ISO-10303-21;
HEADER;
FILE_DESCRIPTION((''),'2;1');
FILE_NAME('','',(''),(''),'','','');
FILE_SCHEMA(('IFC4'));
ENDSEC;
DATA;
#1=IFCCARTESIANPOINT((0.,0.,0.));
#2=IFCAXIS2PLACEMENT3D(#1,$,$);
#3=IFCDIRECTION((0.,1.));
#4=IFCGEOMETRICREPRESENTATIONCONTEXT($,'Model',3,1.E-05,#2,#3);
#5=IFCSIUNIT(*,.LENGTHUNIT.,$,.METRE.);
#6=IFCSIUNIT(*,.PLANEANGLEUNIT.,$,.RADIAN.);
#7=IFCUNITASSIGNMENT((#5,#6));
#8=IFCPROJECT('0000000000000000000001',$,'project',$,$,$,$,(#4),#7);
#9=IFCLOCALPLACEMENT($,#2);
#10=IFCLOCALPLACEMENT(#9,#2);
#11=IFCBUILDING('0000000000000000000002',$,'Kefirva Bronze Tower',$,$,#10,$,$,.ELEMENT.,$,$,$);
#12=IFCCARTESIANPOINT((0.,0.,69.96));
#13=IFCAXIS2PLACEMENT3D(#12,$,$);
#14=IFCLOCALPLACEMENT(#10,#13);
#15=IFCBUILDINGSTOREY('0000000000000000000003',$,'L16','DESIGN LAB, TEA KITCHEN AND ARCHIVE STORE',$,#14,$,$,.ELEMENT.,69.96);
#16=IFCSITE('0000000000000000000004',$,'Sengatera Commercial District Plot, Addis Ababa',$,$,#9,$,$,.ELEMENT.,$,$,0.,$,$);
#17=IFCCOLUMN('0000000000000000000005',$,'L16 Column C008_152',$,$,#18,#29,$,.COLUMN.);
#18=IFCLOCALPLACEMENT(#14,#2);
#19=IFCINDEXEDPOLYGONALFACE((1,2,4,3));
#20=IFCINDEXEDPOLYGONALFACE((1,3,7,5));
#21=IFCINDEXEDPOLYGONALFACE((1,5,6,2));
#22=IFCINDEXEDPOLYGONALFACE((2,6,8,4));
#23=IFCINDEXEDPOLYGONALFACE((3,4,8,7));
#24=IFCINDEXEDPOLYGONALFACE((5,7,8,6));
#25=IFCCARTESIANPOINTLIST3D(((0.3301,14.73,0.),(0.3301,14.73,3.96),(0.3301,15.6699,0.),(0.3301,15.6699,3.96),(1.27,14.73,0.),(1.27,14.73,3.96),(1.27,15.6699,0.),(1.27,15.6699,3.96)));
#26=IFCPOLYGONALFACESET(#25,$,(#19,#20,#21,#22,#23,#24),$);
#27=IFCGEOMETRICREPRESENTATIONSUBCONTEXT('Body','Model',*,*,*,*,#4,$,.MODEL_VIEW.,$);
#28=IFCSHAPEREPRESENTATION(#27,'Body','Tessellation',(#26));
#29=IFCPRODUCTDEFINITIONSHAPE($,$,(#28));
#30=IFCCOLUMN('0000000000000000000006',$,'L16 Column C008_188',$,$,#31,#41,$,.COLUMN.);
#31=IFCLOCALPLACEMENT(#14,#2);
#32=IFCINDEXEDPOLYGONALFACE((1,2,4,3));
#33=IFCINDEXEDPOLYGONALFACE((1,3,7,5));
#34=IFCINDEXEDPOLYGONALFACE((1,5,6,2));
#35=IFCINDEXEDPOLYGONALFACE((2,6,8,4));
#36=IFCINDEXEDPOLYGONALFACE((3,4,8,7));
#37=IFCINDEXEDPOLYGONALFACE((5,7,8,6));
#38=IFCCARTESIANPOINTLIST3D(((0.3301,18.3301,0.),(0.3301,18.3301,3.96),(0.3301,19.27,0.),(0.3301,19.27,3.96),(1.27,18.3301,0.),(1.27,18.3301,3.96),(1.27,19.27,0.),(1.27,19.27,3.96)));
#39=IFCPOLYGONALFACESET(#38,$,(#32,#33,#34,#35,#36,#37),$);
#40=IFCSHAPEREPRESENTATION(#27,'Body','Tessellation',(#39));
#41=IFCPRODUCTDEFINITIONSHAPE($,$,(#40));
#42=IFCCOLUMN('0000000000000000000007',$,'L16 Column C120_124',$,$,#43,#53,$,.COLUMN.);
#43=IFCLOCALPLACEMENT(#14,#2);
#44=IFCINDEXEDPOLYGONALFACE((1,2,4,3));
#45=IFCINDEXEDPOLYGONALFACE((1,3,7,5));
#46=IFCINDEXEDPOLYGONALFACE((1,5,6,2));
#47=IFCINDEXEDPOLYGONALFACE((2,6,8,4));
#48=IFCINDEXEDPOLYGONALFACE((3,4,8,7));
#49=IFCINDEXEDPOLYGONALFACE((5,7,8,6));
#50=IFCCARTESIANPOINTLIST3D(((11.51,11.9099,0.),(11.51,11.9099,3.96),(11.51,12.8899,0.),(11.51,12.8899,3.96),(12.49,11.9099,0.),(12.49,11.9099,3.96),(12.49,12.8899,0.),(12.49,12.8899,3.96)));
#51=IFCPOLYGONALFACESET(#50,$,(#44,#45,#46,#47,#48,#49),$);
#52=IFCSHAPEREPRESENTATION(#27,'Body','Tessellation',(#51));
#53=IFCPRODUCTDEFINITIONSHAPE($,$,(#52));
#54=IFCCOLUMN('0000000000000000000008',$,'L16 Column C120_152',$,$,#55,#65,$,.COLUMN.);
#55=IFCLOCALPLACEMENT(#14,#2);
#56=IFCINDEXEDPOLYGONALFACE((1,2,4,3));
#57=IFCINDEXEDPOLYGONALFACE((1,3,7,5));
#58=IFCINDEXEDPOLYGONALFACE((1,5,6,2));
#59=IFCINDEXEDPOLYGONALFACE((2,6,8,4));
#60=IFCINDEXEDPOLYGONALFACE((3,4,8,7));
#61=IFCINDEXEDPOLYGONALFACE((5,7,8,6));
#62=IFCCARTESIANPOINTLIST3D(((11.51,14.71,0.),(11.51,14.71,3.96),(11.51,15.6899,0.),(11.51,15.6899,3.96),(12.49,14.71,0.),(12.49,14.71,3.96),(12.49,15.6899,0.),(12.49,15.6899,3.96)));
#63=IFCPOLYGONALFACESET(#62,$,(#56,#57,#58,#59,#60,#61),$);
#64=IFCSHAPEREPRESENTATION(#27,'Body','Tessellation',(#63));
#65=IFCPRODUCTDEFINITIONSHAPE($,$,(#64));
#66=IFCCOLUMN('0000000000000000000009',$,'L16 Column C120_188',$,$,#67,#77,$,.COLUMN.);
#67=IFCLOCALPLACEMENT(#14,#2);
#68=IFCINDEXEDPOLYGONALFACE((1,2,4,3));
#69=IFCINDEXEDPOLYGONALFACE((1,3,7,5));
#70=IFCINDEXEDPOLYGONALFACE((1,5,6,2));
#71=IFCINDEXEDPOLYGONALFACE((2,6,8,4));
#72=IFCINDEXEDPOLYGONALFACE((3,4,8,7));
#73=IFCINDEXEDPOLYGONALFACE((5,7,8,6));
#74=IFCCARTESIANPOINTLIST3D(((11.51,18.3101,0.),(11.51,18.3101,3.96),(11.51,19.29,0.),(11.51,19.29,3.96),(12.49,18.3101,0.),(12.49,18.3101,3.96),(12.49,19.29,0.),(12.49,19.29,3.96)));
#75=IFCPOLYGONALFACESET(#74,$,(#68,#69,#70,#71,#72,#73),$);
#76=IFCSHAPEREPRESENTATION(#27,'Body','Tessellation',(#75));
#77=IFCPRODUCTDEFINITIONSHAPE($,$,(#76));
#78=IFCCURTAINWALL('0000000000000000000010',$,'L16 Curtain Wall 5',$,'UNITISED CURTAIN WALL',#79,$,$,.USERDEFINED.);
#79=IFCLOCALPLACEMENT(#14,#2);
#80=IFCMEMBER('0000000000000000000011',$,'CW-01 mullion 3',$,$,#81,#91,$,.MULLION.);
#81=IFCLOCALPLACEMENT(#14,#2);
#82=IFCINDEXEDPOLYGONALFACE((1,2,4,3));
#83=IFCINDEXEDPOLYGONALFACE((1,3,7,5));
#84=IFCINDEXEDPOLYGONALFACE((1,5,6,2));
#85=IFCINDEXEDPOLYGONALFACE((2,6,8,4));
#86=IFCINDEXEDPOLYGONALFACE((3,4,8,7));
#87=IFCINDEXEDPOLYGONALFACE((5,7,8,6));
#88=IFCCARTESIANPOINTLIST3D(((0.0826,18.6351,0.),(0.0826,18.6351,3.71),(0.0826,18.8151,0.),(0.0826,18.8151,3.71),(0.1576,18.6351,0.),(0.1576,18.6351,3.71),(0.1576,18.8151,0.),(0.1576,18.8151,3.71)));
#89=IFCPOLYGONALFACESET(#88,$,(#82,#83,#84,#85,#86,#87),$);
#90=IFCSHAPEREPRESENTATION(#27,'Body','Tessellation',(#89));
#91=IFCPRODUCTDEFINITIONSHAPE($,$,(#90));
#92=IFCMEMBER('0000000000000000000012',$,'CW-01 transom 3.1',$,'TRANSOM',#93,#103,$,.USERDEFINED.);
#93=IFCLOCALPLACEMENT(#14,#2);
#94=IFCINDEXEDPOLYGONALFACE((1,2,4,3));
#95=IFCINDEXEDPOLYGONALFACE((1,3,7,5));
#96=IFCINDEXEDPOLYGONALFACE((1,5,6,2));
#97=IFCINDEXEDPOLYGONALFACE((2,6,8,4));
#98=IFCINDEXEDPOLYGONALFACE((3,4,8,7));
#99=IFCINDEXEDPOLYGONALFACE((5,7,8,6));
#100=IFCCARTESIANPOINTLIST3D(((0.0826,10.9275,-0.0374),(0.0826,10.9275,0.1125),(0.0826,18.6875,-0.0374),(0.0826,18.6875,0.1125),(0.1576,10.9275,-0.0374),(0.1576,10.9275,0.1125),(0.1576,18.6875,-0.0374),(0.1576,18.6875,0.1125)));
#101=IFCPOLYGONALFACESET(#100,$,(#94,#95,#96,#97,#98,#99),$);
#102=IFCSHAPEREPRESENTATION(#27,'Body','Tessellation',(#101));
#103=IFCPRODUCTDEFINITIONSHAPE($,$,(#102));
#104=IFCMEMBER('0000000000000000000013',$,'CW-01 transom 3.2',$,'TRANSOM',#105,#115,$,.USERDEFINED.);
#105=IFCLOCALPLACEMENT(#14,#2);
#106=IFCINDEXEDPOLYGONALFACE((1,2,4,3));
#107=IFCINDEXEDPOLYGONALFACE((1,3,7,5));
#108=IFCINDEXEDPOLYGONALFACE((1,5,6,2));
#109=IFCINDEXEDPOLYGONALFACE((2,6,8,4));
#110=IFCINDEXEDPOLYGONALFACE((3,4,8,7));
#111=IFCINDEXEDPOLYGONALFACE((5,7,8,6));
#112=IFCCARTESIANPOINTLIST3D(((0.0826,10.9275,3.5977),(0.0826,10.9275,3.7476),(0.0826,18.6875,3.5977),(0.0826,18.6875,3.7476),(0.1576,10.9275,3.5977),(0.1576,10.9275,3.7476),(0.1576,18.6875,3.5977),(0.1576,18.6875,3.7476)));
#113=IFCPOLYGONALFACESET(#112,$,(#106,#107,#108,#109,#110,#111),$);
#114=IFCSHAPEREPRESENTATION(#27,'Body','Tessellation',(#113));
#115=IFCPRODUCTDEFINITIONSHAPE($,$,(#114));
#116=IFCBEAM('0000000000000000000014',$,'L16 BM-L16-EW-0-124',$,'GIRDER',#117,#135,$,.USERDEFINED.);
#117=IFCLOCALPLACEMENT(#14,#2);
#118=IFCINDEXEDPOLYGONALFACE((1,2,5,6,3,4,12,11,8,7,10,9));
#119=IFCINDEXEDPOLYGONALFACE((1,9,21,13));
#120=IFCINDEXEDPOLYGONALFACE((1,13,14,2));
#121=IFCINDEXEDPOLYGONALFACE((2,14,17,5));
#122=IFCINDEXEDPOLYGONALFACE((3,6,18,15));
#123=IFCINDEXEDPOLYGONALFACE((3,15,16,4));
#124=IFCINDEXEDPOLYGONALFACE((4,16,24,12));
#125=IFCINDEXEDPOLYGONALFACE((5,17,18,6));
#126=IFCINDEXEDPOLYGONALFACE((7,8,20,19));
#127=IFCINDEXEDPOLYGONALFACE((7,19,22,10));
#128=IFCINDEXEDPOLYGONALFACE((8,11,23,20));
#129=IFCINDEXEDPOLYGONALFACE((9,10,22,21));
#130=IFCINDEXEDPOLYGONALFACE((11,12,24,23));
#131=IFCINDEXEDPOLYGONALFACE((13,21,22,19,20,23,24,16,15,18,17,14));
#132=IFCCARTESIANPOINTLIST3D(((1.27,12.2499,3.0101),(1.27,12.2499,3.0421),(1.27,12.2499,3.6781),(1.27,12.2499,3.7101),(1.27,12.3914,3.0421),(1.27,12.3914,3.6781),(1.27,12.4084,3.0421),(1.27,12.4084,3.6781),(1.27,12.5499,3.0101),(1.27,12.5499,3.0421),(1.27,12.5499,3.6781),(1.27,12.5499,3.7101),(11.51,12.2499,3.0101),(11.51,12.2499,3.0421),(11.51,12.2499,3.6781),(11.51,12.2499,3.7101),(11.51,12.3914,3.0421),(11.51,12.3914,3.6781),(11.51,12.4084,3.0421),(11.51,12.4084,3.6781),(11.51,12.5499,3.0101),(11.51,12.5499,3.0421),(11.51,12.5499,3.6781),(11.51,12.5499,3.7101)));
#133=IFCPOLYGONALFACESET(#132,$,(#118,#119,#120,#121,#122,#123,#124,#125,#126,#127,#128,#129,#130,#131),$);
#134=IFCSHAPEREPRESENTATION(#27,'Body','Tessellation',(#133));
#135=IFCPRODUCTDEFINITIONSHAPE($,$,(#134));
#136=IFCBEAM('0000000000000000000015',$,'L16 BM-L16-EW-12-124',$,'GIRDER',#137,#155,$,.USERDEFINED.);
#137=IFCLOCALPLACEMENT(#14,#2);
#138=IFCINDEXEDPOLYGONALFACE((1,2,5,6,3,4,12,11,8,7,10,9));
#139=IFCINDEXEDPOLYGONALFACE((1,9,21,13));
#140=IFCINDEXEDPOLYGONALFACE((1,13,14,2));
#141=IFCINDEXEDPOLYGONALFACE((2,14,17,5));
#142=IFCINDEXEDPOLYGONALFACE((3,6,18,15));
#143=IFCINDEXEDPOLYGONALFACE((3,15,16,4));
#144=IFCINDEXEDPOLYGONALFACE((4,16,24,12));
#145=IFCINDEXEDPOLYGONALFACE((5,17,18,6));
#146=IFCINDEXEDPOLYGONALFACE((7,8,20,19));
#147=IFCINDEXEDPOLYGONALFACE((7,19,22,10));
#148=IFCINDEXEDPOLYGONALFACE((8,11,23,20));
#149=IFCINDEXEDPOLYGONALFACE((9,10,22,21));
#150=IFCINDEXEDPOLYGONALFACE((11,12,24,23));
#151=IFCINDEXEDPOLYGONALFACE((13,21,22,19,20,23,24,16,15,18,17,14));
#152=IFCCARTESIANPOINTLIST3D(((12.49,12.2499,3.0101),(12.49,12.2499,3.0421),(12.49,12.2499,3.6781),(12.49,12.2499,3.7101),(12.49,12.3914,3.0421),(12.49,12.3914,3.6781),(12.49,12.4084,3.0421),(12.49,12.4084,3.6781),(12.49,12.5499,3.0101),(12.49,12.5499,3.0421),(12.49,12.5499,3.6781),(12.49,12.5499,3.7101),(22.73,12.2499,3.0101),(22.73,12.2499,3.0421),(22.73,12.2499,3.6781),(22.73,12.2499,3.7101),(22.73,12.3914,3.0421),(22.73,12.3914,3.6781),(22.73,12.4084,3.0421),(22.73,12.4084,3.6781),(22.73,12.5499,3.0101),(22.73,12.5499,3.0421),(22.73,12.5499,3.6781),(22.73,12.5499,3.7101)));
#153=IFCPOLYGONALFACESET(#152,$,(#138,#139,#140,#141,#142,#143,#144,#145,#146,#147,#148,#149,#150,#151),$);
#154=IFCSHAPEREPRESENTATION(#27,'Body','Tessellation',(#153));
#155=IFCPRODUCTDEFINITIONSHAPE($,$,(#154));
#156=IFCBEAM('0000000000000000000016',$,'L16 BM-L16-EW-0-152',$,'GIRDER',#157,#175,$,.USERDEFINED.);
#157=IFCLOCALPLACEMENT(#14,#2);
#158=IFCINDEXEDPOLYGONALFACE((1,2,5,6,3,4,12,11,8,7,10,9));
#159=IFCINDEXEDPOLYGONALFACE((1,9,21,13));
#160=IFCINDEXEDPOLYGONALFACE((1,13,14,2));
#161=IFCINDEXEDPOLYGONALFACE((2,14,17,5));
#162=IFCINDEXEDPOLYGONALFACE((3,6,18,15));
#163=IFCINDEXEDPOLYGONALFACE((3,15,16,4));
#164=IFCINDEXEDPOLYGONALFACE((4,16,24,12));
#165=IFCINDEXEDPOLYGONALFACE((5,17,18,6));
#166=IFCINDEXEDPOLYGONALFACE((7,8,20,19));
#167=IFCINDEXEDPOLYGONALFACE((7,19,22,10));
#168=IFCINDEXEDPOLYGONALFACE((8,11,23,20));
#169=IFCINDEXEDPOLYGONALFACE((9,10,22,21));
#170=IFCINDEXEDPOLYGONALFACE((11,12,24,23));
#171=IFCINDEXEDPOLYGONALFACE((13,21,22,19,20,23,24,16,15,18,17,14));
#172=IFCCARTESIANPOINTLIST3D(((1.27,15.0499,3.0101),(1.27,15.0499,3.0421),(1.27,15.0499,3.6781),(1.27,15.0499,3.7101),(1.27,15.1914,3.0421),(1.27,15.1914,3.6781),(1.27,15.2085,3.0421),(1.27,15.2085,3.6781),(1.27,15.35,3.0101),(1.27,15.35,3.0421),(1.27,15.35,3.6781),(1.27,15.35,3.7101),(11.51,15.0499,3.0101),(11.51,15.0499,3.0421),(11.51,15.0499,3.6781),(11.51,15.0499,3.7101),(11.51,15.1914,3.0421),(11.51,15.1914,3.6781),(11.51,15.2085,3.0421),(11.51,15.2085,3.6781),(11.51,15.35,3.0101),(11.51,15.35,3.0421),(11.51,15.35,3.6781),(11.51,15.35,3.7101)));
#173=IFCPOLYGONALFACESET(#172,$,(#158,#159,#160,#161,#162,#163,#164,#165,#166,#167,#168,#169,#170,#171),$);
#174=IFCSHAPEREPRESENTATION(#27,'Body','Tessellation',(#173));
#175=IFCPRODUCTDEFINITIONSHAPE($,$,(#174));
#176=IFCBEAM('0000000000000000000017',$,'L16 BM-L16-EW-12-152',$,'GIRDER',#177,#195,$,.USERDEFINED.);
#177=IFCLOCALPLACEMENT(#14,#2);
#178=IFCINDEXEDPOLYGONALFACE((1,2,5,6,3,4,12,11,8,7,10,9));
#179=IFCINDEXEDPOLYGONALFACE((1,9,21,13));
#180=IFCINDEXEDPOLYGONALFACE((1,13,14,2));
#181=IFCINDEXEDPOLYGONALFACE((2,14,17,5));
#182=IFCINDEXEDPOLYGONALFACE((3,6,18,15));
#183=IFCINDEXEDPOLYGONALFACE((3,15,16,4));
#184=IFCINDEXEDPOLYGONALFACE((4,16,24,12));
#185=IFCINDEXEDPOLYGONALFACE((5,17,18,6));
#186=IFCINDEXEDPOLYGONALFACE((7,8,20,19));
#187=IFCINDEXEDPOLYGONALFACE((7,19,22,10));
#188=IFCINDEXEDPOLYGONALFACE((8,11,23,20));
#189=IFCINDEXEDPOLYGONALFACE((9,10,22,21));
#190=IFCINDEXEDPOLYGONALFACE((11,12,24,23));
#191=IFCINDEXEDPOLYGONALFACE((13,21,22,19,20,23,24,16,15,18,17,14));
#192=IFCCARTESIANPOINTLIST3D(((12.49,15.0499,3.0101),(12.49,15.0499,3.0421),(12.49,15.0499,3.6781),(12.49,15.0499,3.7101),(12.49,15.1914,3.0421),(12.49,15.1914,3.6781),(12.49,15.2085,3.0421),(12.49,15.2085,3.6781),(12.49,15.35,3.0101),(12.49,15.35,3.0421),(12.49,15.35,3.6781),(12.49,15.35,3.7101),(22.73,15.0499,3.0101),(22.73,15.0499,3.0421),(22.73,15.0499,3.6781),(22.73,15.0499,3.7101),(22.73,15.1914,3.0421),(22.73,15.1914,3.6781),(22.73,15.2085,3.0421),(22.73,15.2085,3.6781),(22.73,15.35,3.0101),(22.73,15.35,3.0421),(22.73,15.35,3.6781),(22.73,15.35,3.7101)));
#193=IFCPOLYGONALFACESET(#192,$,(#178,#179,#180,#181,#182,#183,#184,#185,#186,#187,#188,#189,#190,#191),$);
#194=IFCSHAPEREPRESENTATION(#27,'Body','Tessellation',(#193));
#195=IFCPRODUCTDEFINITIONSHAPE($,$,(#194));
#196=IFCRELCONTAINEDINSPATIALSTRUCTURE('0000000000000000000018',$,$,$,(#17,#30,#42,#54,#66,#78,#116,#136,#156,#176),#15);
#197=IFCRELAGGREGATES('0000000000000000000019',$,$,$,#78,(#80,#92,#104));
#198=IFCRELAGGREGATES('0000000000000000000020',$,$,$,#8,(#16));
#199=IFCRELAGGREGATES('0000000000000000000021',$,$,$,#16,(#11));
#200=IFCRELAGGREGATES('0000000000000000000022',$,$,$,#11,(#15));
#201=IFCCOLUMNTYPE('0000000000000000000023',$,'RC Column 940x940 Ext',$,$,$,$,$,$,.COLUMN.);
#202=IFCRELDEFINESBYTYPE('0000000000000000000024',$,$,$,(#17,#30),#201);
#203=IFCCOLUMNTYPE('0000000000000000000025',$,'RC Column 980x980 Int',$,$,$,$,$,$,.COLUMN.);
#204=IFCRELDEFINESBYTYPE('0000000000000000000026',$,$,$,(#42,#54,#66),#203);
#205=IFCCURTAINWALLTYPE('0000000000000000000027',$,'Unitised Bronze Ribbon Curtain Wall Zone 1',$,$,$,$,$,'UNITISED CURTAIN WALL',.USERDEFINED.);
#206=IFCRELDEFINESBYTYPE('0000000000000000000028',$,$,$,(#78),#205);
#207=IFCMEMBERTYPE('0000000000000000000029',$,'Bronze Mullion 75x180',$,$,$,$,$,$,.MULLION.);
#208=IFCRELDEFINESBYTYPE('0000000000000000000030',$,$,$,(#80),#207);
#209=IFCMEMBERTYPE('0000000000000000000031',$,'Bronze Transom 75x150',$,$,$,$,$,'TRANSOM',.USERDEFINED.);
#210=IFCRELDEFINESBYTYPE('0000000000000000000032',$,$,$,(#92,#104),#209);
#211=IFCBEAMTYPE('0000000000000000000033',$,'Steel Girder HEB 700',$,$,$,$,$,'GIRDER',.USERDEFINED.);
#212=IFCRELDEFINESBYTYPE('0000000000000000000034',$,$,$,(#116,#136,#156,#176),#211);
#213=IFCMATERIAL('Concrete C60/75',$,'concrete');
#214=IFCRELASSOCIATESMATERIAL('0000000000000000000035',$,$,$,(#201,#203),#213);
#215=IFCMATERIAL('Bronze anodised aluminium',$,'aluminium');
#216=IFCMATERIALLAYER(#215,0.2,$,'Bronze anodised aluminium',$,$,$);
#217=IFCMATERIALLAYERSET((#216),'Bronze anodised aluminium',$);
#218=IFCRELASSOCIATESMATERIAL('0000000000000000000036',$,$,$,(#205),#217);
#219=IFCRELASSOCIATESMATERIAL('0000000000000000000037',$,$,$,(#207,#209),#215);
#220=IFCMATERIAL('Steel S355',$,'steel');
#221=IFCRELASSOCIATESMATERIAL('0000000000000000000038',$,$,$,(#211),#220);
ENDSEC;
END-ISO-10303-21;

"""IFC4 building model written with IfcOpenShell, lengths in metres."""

from ifc_helpers import new_model, si_unit, direction, frame, origin, origin_2d, place, context, subcontext, project, spatial, rectangle, i_section, extrude, material, layer, layer_set, material_profile, profile_set, type_object, element, aggregate, save


model = new_model("IFC4")

# Units and contexts
model_context = context("Model", 3, precision=1e-05, world=origin(), true_north=direction((0.0, 1.0)))
body_context = subcontext(model_context, "Body", "Model", "MODEL_VIEW")
ifc_project = project(units=[si_unit("LENGTHUNIT", "METRE"), si_unit("PLANEANGLEUNIT", "RADIAN")], contexts=[model_context])

# Site, building, storey
site_placement = place(None, origin())
site = spatial("IfcSite", under=ifc_project, at=site_placement, Name="Sengatera Commercial District Plot, Addis Ababa", CompositionType="ELEMENT", RefElevation=0.0)
building_placement = place(site_placement, origin())
building = spatial("IfcBuilding", under=site, at=building_placement, Name="Kefirva Bronze Tower", CompositionType="ELEMENT")
storey_placement = place(building_placement, frame((0.0, 0.0, 69.96)))
storey = spatial("IfcBuildingStorey", under=building, at=storey_placement, Name="L16", Description="DESIGN LAB, TEA KITCHEN AND ARCHIVE STORE", CompositionType="ELEMENT", Elevation=69.96)

# Columns
ifc_material_1 = material(Name="Concrete C60/75", Category="concrete")
ifc_material_profile_1 = material_profile(ifc_material_1, rectangle(XDim=0.9399, YDim=0.9399, at=origin_2d()), Name="RC 940x940")
ifc_profile_set_1 = profile_set([ifc_material_profile_1], Name="Concrete C60/75")
column_type_1 = type_object("IfcColumnType", Name="RC Column 940x940 Ext", PredefinedType="COLUMN", material=ifc_profile_set_1)
for number, where, z_axis, x_axis, name in (
    (1, (0.8, 15.2, 0.0), (0.0, 0.0, 1.0), (1.0, 0.0, 0.0), "L16 Column C008_152"),
    (2, (0.8, 18.8, 0.0), (0.0, 0.0, 1.0), (1.0, 0.0, 0.0), "L16 Column C008_188"),
):
    element("IfcColumn", number, at=place(storey_placement, frame(where, z_axis=z_axis, x_axis=x_axis)), inside=storey, type_object=column_type_1, Name=name, PredefinedType="COLUMN", context=body_context, shape_type="SweptSolid", body=[
        extrude(rectangle(XDim=0.9399, YDim=0.9399, at=origin_2d()), origin(), (0.0, 0.0, 1.0), 3.96),
    ])
ifc_material_profile_2 = material_profile(ifc_material_1, rectangle(XDim=0.98, YDim=0.98, at=origin_2d()), Name="RC 980x980")
ifc_profile_set_2 = profile_set([ifc_material_profile_2], Name="Concrete C60/75")
column_type_2 = type_object("IfcColumnType", Name="RC Column 980x980 Int", PredefinedType="COLUMN", material=ifc_profile_set_2)
for number, where, z_axis, x_axis, name in (
    (3, (12.0, 12.3999, 0.0), (0.0, 0.0, 1.0), (1.0, 0.0, 0.0), "L16 Column C120_124"),
    (4, (12.0, 15.2, 0.0), (0.0, 0.0, 1.0), (1.0, 0.0, 0.0), "L16 Column C120_152"),
    (5, (12.0, 18.8, 0.0), (0.0, 0.0, 1.0), (1.0, 0.0, 0.0), "L16 Column C120_188"),
):
    element("IfcColumn", number, at=place(storey_placement, frame(where, z_axis=z_axis, x_axis=x_axis)), inside=storey, type_object=column_type_2, Name=name, PredefinedType="COLUMN", context=body_context, shape_type="SweptSolid", body=[
        extrude(rectangle(XDim=0.98, YDim=0.98, at=origin_2d()), origin(), (0.0, 0.0, 1.0), 3.96),
    ])

# Curtain wall, members
ifc_material_2 = material(Name="Bronze anodised aluminium", Category="aluminium")
ifc_layer_1 = layer(ifc_material_2, 0.2, Name="Bronze anodised aluminium")
ifc_layer_set_1 = layer_set([ifc_layer_1], Name="Bronze anodised aluminium")
curtain_wall_type = type_object("IfcCurtainWallType", Name="Unitised Bronze Ribbon Curtain Wall Zone 1", ElementType="UNITISED CURTAIN WALL", PredefinedType="USERDEFINED", material=ifc_layer_set_1)
curtain_wall_placement = place(storey_placement, origin())
curtain_wall = element("IfcCurtainWall", 6, at=curtain_wall_placement, inside=storey, type_object=curtain_wall_type, Name="L16 Curtain Wall 5", ObjectType="UNITISED CURTAIN WALL", PredefinedType="USERDEFINED")
ifc_material_profile_3 = material_profile(ifc_material_2, rectangle(XDim=0.075, YDim=0.1799, at=origin_2d()), Name="ALU 75x180")
ifc_profile_set_3 = profile_set([ifc_material_profile_3], Name="Bronze anodised aluminium")
member_type_1 = type_object("IfcMemberType", Name="Bronze Mullion 75x180", PredefinedType="MULLION", material=ifc_profile_set_3)
member_1_placement = place(storey_placement, frame((0.1201, 18.7251, 0.0), z_axis=(0.0, 0.0, 1.0), x_axis=(1.0, 0.0, 0.0)))
member_1 = element("IfcMember", 7, at=member_1_placement, type_object=member_type_1, Name="CW-01 mullion 3", PredefinedType="MULLION", context=body_context, shape_type="SweptSolid", body=[
    extrude(rectangle(XDim=0.075, YDim=0.1799, at=origin_2d()), origin(), (0.0, 0.0, 1.0), 3.71),
])
ifc_material_profile_4 = material_profile(ifc_material_2, rectangle(XDim=0.075, YDim=0.1499, at=origin_2d()), Name="ALU 75x150")
ifc_profile_set_4 = profile_set([ifc_material_profile_4], Name="Bronze anodised aluminium")
member_type_2 = type_object("IfcMemberType", Name="Bronze Transom 75x150", ElementType="TRANSOM", PredefinedType="USERDEFINED", material=ifc_profile_set_4)
member_2_placement = place(storey_placement, frame((0.1201, 18.6875, 0.0376), z_axis=(0.0, -1.0, 0.0), x_axis=(1.0, 0.0, 0.0)))
member_2 = element("IfcMember", 8, at=member_2_placement, type_object=member_type_2, Name="CW-01 transom 3.1", ObjectType="TRANSOM", PredefinedType="USERDEFINED", context=body_context, shape_type="SweptSolid", body=[
    extrude(rectangle(XDim=0.075, YDim=0.1499, at=origin_2d()), origin(), (0.0, 0.0, 1.0), 7.76),
])
member_3_placement = place(storey_placement, frame((0.1201, 18.6875, 3.6726), z_axis=(0.0, -1.0, 0.0), x_axis=(1.0, 0.0, 0.0)))
member_3 = element("IfcMember", 9, at=member_3_placement, type_object=member_type_2, Name="CW-01 transom 3.2", ObjectType="TRANSOM", PredefinedType="USERDEFINED", context=body_context, shape_type="SweptSolid", body=[
    extrude(rectangle(XDim=0.075, YDim=0.1499, at=origin_2d()), origin(), (0.0, 0.0, 1.0), 7.76),
])

# Beams
ifc_material_3 = material(Name="Steel S355", Category="steel")
ifc_material_profile_5 = material_profile(ifc_material_3, i_section(OverallWidth=0.3, OverallDepth=0.7, WebThickness=0.0171, FlangeThickness=0.032, at=origin_2d()), Name="HEB 700")
ifc_profile_set_5 = profile_set([ifc_material_profile_5], Name="Steel S355")
beam_type_1 = type_object("IfcBeamType", Name="Steel Girder HEB 700", ElementType="GIRDER", PredefinedType="USERDEFINED", material=ifc_profile_set_5)
for number, where, z_axis, x_axis, name in (
    (10, (1.27, 12.3999, 3.3601), (1.0, 0.0, 0.0), (0.0, 1.0, 0.0), "L16 BM-L16-EW-0-124"),
    (11, (12.49, 12.3999, 3.3601), (1.0, 0.0, 0.0), (0.0, 1.0, 0.0), "L16 BM-L16-EW-12-124"),
    (12, (1.27, 15.2, 3.3601), (1.0, 0.0, 0.0), (0.0, 1.0, 0.0), "L16 BM-L16-EW-0-152"),
    (13, (12.49, 15.2, 3.3601), (1.0, 0.0, 0.0), (0.0, 1.0, 0.0), "L16 BM-L16-EW-12-152"),
):
    element("IfcBeam", number, at=place(storey_placement, frame(where, z_axis=z_axis, x_axis=x_axis)), inside=storey, type_object=beam_type_1, Name=name, ObjectType="GIRDER", PredefinedType="USERDEFINED", context=body_context, shape_type="SweptSolid", body=[
        extrude(i_section(OverallWidth=0.3, OverallDepth=0.7, WebThickness=0.0171, FlangeThickness=0.032, at=origin_2d()), origin(), (0.0, 0.0, 1.0), 10.24),
    ])

aggregate(curtain_wall, [member_1, member_2, member_3])

save(model, "model.ifc")
